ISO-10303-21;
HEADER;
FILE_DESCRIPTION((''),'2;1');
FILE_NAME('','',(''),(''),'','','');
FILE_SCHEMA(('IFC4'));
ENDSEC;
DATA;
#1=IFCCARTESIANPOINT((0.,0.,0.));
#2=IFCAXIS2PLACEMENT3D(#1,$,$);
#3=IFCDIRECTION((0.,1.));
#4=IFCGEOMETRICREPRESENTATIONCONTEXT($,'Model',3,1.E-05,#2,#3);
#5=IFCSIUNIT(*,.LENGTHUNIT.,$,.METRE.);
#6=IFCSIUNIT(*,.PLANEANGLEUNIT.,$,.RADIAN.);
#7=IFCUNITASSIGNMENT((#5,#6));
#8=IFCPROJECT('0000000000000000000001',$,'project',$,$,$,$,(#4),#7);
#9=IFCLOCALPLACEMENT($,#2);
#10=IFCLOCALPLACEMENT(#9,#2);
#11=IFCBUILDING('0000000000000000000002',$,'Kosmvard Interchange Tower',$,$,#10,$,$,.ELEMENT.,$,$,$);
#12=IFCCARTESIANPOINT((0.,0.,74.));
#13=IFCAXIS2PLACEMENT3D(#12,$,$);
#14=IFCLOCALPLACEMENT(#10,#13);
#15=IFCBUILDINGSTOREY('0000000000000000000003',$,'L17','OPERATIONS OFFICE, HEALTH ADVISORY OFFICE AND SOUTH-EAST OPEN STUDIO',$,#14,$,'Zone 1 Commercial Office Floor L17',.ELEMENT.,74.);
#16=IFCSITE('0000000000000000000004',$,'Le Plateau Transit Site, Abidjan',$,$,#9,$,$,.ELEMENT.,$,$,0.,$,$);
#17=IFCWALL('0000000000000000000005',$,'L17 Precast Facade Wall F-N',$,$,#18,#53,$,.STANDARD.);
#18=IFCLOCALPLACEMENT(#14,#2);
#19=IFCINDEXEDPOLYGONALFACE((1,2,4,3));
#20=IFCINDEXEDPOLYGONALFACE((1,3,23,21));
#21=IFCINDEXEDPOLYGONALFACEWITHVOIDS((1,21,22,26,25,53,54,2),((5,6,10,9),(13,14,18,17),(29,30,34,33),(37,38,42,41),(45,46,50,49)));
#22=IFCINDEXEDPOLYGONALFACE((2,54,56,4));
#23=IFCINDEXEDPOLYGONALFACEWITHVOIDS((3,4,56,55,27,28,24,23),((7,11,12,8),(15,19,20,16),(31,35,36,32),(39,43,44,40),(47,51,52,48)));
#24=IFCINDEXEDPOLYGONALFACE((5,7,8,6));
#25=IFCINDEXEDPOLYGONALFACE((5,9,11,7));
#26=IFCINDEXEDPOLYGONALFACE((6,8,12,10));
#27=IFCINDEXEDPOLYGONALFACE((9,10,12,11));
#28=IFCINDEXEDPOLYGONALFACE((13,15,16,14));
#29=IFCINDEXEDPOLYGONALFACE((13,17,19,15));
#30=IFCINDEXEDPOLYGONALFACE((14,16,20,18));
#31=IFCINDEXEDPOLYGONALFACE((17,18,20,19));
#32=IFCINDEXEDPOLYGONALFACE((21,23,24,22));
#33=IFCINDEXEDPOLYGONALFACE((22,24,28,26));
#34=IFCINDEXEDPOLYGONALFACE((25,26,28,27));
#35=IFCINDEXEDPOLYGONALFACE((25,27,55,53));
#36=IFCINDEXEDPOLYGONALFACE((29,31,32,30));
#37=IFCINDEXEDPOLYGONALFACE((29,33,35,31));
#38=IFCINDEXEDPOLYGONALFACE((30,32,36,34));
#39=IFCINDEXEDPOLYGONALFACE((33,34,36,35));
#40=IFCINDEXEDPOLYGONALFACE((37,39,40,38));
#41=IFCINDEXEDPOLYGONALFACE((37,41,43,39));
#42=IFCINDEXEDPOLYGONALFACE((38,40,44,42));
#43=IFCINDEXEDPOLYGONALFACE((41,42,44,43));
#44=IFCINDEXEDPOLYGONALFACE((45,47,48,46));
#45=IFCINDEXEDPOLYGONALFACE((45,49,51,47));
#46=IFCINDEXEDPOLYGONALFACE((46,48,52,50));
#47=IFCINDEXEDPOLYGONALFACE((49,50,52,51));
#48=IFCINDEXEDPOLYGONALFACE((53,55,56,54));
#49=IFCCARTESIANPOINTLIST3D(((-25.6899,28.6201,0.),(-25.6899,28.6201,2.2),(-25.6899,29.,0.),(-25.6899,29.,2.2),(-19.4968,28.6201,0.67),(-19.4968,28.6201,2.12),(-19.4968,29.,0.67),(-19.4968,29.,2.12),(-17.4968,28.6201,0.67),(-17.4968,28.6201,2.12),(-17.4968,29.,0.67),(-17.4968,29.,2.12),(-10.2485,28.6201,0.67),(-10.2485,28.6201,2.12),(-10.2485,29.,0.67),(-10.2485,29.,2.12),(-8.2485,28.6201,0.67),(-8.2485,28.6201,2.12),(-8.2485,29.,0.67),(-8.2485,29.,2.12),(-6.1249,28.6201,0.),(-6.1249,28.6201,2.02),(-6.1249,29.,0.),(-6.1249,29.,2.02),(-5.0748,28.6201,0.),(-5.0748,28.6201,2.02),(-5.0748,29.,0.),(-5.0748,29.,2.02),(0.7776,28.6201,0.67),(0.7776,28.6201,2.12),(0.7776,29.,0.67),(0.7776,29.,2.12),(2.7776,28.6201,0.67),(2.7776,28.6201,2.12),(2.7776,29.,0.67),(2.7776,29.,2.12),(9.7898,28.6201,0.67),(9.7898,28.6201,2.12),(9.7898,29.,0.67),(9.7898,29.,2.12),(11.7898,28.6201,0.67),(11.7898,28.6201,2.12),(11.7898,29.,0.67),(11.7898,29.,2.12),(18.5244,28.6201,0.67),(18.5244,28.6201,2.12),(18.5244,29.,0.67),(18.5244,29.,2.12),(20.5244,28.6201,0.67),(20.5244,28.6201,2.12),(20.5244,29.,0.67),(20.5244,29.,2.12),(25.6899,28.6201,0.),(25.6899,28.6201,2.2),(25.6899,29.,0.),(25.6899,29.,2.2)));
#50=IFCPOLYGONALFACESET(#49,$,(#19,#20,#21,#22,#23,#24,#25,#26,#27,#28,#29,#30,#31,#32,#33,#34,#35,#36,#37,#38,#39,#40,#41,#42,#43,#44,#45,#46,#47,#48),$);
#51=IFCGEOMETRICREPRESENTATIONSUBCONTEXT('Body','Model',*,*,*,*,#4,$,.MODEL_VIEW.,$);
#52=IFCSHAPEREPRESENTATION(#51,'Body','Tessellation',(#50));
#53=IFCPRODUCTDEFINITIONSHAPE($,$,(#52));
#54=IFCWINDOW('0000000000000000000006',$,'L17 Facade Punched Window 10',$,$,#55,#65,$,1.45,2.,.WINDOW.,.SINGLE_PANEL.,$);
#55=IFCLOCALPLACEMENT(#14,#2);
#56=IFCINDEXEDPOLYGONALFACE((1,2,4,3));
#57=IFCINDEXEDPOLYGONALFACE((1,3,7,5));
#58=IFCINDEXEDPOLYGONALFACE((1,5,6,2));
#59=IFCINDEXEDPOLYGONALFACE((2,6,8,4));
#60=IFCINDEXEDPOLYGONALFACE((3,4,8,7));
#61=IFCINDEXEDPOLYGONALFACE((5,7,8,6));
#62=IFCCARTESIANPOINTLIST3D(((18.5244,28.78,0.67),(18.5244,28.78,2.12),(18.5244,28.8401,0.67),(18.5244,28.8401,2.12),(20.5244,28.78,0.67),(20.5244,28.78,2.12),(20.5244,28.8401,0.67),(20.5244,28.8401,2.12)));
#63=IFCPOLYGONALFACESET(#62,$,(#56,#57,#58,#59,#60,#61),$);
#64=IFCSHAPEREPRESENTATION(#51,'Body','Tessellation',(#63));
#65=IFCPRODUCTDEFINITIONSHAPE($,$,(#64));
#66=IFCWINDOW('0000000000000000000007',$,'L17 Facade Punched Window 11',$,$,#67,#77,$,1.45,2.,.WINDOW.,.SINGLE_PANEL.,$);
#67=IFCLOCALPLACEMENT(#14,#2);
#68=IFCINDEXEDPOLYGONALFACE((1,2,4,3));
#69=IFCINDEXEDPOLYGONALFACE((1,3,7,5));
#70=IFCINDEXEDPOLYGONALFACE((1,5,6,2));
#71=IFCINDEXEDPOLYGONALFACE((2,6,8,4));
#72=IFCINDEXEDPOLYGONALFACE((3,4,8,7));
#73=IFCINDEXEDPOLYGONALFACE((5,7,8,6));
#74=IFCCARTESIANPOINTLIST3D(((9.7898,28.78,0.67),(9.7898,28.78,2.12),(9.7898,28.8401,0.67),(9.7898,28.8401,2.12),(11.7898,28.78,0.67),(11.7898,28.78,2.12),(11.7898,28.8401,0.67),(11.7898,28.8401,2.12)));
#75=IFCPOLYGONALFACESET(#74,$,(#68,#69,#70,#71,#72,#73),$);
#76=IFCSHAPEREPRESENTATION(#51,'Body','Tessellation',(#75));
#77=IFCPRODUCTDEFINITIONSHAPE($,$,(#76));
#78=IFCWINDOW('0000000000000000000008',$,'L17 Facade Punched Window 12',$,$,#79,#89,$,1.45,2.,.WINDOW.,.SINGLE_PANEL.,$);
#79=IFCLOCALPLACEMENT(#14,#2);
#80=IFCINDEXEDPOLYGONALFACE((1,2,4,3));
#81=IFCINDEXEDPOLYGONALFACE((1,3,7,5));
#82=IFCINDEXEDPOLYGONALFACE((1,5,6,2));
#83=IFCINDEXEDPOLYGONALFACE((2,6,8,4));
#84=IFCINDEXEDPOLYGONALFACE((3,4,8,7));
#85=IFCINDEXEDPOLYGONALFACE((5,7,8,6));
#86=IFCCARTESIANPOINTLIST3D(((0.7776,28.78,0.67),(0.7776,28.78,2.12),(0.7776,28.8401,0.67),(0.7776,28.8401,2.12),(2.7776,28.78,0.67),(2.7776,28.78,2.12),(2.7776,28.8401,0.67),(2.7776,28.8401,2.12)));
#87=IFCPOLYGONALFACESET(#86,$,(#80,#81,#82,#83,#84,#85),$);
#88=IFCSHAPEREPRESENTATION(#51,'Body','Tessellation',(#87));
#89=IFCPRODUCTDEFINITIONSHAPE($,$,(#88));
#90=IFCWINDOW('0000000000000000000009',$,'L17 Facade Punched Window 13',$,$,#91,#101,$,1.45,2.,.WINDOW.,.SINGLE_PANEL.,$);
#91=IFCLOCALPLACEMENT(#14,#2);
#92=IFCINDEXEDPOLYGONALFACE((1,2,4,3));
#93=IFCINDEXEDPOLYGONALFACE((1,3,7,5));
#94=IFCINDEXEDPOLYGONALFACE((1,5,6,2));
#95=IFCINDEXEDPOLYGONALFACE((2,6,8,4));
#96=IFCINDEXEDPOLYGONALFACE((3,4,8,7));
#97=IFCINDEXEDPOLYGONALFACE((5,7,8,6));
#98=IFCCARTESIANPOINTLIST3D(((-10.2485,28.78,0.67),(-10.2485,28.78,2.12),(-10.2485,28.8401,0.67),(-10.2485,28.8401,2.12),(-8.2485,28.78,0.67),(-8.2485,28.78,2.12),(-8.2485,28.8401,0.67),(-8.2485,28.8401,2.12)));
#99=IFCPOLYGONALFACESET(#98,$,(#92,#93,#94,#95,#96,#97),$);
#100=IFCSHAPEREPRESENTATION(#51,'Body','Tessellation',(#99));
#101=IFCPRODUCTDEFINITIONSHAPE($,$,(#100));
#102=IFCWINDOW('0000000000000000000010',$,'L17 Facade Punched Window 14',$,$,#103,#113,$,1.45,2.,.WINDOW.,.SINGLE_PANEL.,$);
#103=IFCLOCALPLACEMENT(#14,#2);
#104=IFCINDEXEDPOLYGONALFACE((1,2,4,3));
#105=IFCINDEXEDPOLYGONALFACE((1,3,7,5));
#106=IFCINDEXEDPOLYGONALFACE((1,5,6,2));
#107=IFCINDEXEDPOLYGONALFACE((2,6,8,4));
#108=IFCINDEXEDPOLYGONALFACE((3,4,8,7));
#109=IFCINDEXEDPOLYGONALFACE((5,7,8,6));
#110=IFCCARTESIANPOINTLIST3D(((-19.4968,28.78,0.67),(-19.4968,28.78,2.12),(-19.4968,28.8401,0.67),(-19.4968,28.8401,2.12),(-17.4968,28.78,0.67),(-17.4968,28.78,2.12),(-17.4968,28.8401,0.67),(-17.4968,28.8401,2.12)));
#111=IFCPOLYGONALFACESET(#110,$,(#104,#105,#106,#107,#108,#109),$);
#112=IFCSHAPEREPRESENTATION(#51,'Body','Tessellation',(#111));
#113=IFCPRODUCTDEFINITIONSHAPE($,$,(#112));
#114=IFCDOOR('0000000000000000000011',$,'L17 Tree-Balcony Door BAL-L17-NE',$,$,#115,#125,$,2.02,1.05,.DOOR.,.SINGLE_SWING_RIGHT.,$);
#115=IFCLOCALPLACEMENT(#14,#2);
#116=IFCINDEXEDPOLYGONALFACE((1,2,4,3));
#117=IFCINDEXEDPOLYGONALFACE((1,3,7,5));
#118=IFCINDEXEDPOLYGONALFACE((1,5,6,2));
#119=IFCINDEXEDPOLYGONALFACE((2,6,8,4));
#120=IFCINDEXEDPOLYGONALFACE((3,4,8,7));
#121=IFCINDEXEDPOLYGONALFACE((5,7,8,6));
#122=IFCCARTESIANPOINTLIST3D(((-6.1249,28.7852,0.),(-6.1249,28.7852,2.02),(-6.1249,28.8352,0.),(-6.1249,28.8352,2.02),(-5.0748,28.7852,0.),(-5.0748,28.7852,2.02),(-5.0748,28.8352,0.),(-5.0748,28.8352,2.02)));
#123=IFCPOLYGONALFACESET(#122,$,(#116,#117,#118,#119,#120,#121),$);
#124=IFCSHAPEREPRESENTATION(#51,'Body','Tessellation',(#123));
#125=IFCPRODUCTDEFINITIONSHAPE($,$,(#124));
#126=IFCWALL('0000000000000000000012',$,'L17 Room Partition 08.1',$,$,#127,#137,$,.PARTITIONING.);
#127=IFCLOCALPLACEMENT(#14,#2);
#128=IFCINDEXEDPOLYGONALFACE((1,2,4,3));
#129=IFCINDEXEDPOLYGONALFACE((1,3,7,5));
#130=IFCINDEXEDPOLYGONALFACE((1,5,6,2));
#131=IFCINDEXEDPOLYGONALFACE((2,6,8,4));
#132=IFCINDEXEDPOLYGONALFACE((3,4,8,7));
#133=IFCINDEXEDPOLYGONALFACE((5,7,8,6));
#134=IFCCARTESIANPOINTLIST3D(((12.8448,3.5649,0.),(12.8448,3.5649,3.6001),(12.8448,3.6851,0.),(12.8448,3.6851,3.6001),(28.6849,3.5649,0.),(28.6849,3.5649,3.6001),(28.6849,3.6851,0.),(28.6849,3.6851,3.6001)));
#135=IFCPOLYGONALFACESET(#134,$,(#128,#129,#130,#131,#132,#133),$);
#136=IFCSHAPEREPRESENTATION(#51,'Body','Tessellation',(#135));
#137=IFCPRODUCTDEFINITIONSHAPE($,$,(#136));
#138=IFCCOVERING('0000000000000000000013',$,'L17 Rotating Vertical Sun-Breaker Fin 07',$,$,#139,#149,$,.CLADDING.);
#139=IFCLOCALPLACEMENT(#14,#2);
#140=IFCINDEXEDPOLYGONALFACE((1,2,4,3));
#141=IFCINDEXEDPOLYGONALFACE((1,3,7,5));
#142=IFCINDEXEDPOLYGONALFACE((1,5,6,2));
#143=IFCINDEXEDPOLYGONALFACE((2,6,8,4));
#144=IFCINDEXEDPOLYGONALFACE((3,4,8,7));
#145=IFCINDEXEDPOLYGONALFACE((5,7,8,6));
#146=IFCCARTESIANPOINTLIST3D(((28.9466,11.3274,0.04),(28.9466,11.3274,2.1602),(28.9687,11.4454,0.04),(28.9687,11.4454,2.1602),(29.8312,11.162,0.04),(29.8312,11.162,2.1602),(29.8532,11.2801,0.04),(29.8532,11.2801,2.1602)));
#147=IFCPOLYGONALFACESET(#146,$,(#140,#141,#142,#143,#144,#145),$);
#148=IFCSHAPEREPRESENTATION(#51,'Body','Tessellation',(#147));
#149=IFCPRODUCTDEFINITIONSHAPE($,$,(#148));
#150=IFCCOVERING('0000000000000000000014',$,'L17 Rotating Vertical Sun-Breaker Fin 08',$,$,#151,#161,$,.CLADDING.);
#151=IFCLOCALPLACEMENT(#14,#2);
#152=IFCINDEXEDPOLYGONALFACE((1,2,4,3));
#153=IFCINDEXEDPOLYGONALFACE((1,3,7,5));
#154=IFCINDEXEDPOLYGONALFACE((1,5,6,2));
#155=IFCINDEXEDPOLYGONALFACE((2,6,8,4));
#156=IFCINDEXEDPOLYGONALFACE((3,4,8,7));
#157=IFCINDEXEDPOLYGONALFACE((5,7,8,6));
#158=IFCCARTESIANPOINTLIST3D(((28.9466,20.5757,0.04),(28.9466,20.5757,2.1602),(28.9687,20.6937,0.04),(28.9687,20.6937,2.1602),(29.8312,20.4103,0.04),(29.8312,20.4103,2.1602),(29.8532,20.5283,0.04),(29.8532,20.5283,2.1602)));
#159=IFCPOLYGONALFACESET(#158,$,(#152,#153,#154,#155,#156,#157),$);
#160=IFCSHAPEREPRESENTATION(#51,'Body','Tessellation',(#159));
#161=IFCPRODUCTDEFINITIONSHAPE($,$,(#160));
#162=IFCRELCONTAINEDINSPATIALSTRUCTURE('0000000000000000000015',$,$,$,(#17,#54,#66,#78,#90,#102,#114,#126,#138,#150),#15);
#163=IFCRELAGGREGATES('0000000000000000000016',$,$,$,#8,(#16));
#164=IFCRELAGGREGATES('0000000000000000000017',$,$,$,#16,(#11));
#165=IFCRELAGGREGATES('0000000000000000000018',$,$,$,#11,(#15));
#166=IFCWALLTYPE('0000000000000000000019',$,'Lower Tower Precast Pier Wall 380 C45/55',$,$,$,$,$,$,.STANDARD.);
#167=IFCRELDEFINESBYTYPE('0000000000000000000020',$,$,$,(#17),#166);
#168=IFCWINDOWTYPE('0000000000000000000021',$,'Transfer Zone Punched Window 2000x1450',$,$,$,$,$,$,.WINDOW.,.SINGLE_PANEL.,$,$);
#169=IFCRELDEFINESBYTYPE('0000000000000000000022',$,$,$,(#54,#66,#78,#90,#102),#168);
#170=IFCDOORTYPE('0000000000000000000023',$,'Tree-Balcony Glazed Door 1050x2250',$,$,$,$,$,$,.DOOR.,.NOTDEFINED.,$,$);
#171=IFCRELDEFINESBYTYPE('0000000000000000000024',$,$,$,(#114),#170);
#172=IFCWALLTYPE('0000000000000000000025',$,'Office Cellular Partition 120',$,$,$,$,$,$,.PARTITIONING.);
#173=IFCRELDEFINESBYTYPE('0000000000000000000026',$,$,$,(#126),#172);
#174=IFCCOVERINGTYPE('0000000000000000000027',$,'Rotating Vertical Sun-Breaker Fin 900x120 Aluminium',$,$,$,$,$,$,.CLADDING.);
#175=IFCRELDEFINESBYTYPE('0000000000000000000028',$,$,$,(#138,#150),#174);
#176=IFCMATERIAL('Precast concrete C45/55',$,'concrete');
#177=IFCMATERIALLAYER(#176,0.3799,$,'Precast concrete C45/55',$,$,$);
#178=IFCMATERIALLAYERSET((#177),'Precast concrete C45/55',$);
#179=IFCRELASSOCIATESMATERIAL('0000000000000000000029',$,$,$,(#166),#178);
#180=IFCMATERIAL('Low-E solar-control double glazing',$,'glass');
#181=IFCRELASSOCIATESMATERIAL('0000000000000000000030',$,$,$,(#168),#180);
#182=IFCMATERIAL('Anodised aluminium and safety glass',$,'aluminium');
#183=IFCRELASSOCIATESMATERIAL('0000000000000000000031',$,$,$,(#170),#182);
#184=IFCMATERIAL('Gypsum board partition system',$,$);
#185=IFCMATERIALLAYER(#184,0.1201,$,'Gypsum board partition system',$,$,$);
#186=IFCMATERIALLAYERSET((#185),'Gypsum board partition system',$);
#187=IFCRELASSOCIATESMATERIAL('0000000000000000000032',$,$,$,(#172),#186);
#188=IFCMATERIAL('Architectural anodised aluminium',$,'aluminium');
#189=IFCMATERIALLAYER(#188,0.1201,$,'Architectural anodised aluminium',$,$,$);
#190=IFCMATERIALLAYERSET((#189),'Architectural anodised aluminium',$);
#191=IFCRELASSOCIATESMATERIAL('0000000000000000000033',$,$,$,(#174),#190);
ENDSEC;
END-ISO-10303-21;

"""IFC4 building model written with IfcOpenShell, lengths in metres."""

from ifc_helpers import new_model, si_unit, direction, frame, frame_2d, origin, origin_2d, place, context, subcontext, project, spatial, rectangle, extrude, source, transform, mapped, material, layer, layer_set, type_object, element, fill, save


model = new_model("IFC4")

# Units and contexts
model_context = context("Model", 3, precision=1e-05, world=origin(), true_north=direction((0.0, 1.0)))
body_context = subcontext(model_context, "Body", "Model", "MODEL_VIEW")
ifc_project = project(units=[si_unit("LENGTHUNIT", "METRE"), si_unit("PLANEANGLEUNIT", "RADIAN")], contexts=[model_context])

# Site, building, storey
site_placement = place(None, origin())
site = spatial("IfcSite", under=ifc_project, at=site_placement, Name="Le Plateau Transit Site, Abidjan", CompositionType="ELEMENT", RefElevation=0.0)
building_placement = place(site_placement, origin())
building = spatial("IfcBuilding", under=site, at=building_placement, Name="Kosmvard Interchange Tower", CompositionType="ELEMENT")
storey_placement = place(building_placement, frame((0.0, 0.0, 74.0)))
storey = spatial("IfcBuildingStorey", under=building, at=storey_placement, Name="L17", Description="OPERATIONS OFFICE, HEALTH ADVISORY OFFICE AND SOUTH-EAST OPEN STUDIO", LongName="Zone 1 Commercial Office Floor L17", CompositionType="ELEMENT", Elevation=74.0)

# Shared definitions
ifc_material_1 = material(Name="Precast concrete C45/55", Category="concrete")

# Shared definitions
ifc_layer_1 = layer(ifc_material_1, 0.3799, Name="Precast concrete C45/55")
ifc_layer_set_1 = layer_set([ifc_layer_1], Name="Precast concrete C45/55")
wall_type_1 = type_object("IfcWallType", Name="Lower Tower Precast Pier Wall 380 C45/55", PredefinedType="STANDARD", material=ifc_layer_set_1)

# Wall, openings, windows, door
wall_1_placement = place(storey_placement, frame((25.6899, 28.8101, 0.0), z_axis=(0.0, 0.0, 1.0), x_axis=(-1.0, 0.0, 0.0)))
wall_1 = element("IfcWall", 1, at=wall_1_placement, inside=storey, type_object=wall_type_1, Name="L17 Precast Facade Wall F-N", PredefinedType="STANDARD", context=body_context, shape_type="SweptSolid", body=[
    extrude(rectangle(XDim=51.3799, YDim=0.3799, at=frame_2d((25.6899, 0.0))), origin(), (0.0, 0.0, 1.0), 2.2),
])
opening_1_placement = place(wall_1_placement, frame((30.7649, 0.0, 0.0)))
opening_1 = element("IfcOpeningElement", 2, at=opening_1_placement, cuts=wall_1, PredefinedType="OPENING", context=body_context, shape_type="SweptSolid", body=[
    extrude(rectangle(XDim=1.05, YDim=2.02, at=frame_2d((0.5249, 1.01))), frame((0.0, 0.2, 0.0), z_axis=(0.0, -1.0, 0.0), x_axis=(1.0, 0.0, 0.0)), (0.0, 0.0, 1.0), 0.3999),
])
opening_2_placement = place(wall_1_placement, frame((5.1655, 0.0, 0.6699)))
opening_2 = element("IfcOpeningElement", 3, at=opening_2_placement, cuts=wall_1, PredefinedType="OPENING", context=body_context, shape_type="SweptSolid", body=[
    extrude(rectangle(XDim=2.0, YDim=1.45, at=frame_2d((1.0, 0.7251))), frame((0.0, 0.2, 0.0), z_axis=(0.0, -1.0, 0.0), x_axis=(1.0, 0.0, 0.0)), (0.0, 0.0, 1.0), 0.3999),
])
opening_3_placement = place(wall_1_placement, frame((13.9001, 0.0, 0.6699)))
opening_3 = element("IfcOpeningElement", 4, at=opening_3_placement, cuts=wall_1, PredefinedType="OPENING", context=body_context, shape_type="SweptSolid", body=[
    extrude(rectangle(XDim=2.0, YDim=1.45, at=frame_2d((1.0, 0.7251))), frame((0.0, 0.2, 0.0), z_axis=(0.0, -1.0, 0.0), x_axis=(1.0, 0.0, 0.0)), (0.0, 0.0, 1.0), 0.3999),
])
opening_4_placement = place(wall_1_placement, frame((22.9124, 0.0, 0.6699)))
opening_4 = element("IfcOpeningElement", 5, at=opening_4_placement, cuts=wall_1, PredefinedType="OPENING", context=body_context, shape_type="SweptSolid", body=[
    extrude(rectangle(XDim=2.0, YDim=1.45, at=frame_2d((1.0, 0.7251))), frame((0.0, 0.2, 0.0), z_axis=(0.0, -1.0, 0.0), x_axis=(1.0, 0.0, 0.0)), (0.0, 0.0, 1.0), 0.3999),
])
opening_5_placement = place(wall_1_placement, frame((33.9385, 0.0, 0.6699)))
opening_5 = element("IfcOpeningElement", 6, at=opening_5_placement, cuts=wall_1, PredefinedType="OPENING", context=body_context, shape_type="SweptSolid", body=[
    extrude(rectangle(XDim=2.0, YDim=1.45, at=frame_2d((1.0, 0.7251))), frame((0.0, 0.2, 0.0), z_axis=(0.0, -1.0, 0.0), x_axis=(1.0, 0.0, 0.0)), (0.0, 0.0, 1.0), 0.3999),
])
opening_6_placement = place(wall_1_placement, frame((43.1868, 0.0, 0.6699)))
opening_6 = element("IfcOpeningElement", 7, at=opening_6_placement, cuts=wall_1, PredefinedType="OPENING", context=body_context, shape_type="SweptSolid", body=[
    extrude(rectangle(XDim=2.0, YDim=1.45, at=frame_2d((1.0, 0.7251))), frame((0.0, 0.2, 0.0), z_axis=(0.0, -1.0, 0.0), x_axis=(1.0, 0.0, 0.0)), (0.0, 0.0, 1.0), 0.3999),
])
ifc_material_2 = material(Name="Low-E solar-control double glazing", Category="glass")
window_type = type_object("IfcWindowType", Name="Transfer Zone Punched Window 2000x1450", PartitioningType="SINGLE_PANEL", PredefinedType="WINDOW", material=ifc_material_2)
shared_shape_1 = source(origin(), body_context, "Body", "SweptSolid", [
    extrude(rectangle(XDim=2.0, YDim=1.45, at=frame_2d((1.0, 0.7251))), frame((0.0, 0.03, 0.0), z_axis=(0.0, -1.0, 0.0), x_axis=(1.0, 0.0, 0.0)), (0.0, 0.0, 1.0), 0.0601),
])
window_1_placement = place(opening_2_placement, origin())
window_1 = element("IfcWindow", 8, at=window_1_placement, inside=storey, type_object=window_type, Name="L17 Facade Punched Window 10", OverallHeight=1.45, OverallWidth=2.0, PartitioningType="SINGLE_PANEL", PredefinedType="WINDOW", context=body_context, shape_type="MappedRepresentation", body=[
    mapped(shared_shape_1, transform((0.0, 0.0, 0.0), scale=1.0)),
])
fill(opening_2, window_1)
window_2_placement = place(opening_3_placement, origin())
window_2 = element("IfcWindow", 9, at=window_2_placement, inside=storey, type_object=window_type, Name="L17 Facade Punched Window 11", OverallHeight=1.45, OverallWidth=2.0, PartitioningType="SINGLE_PANEL", PredefinedType="WINDOW", context=body_context, shape_type="MappedRepresentation", body=[
    mapped(shared_shape_1, transform((0.0, 0.0, 0.0), scale=1.0)),
])
fill(opening_3, window_2)
window_3_placement = place(opening_4_placement, origin())
window_3 = element("IfcWindow", 10, at=window_3_placement, inside=storey, type_object=window_type, Name="L17 Facade Punched Window 12", OverallHeight=1.45, OverallWidth=2.0, PartitioningType="SINGLE_PANEL", PredefinedType="WINDOW", context=body_context, shape_type="MappedRepresentation", body=[
    mapped(shared_shape_1, transform((0.0, 0.0, 0.0), scale=1.0)),
])
fill(opening_4, window_3)
window_4_placement = place(opening_5_placement, origin())
window_4 = element("IfcWindow", 11, at=window_4_placement, inside=storey, type_object=window_type, Name="L17 Facade Punched Window 13", OverallHeight=1.45, OverallWidth=2.0, PartitioningType="SINGLE_PANEL", PredefinedType="WINDOW", context=body_context, shape_type="MappedRepresentation", body=[
    mapped(shared_shape_1, transform((0.0, 0.0, 0.0), scale=1.0)),
])
fill(opening_5, window_4)
window_5_placement = place(opening_6_placement, origin())
window_5 = element("IfcWindow", 12, at=window_5_placement, inside=storey, type_object=window_type, Name="L17 Facade Punched Window 14", OverallHeight=1.45, OverallWidth=2.0, PartitioningType="SINGLE_PANEL", PredefinedType="WINDOW", context=body_context, shape_type="MappedRepresentation", body=[
    mapped(shared_shape_1, transform((0.0, 0.0, 0.0), scale=1.0)),
])
fill(opening_6, window_5)
ifc_material_3 = material(Name="Anodised aluminium and safety glass", Category="aluminium")
door_type = type_object("IfcDoorType", Name="Tree-Balcony Glazed Door 1050x2250", OperationType="NOTDEFINED", PredefinedType="DOOR", material=ifc_material_3)
shared_shape_2 = source(origin(), body_context, "Body", "SweptSolid", [
    extrude(rectangle(XDim=1.05, YDim=2.02, at=frame_2d((0.5249, 1.01))), frame((0.0, 0.0249, 0.0), z_axis=(0.0, -1.0, 0.0), x_axis=(1.0, 0.0, 0.0)), (0.0, 0.0, 1.0), 0.05),
])
door_placement = place(opening_1_placement, origin())
door = element("IfcDoor", 13, at=door_placement, inside=storey, type_object=door_type, Name="L17 Tree-Balcony Door BAL-L17-NE", OperationType="SINGLE_SWING_RIGHT", OverallHeight=2.02, OverallWidth=1.05, PredefinedType="DOOR", context=body_context, shape_type="MappedRepresentation", body=[
    mapped(shared_shape_2, transform((0.0, 0.0, 0.0), scale=1.0)),
])
fill(opening_1, door)

# Wall
ifc_material_4 = material(Name="Gypsum board partition system")
ifc_layer_2 = layer(ifc_material_4, 0.1201, Name="Gypsum board partition system")
ifc_layer_set_2 = layer_set([ifc_layer_2], Name="Gypsum board partition system")
wall_type_2 = type_object("IfcWallType", Name="Office Cellular Partition 120", PredefinedType="PARTITIONING", material=ifc_layer_set_2)
wall_2_placement = place(storey_placement, frame((12.845, 3.625, 0.0), z_axis=(0.0, 0.0, 1.0), x_axis=(1.0, 0.0, 0.0)))
element("IfcWall", 14, at=wall_2_placement, inside=storey, type_object=wall_type_2, Name="L17 Room Partition 08.1", PredefinedType="PARTITIONING", context=body_context, shape_type="SweptSolid", body=[
    extrude(rectangle(XDim=15.8401, YDim=0.1201, at=frame_2d((7.9199, 0.0))), origin(), (0.0, 0.0, 1.0), 3.6001),
])

# Coverings
ifc_material_5 = material(Name="Architectural anodised aluminium", Category="aluminium")
ifc_layer_3 = layer(ifc_material_5, 0.1201, Name="Architectural anodised aluminium")
ifc_layer_set_3 = layer_set([ifc_layer_3], Name="Architectural anodised aluminium")
covering_type = type_object("IfcCoveringType", Name="Rotating Vertical Sun-Breaker Fin 900x120 Aluminium", PredefinedType="CLADDING", material=ifc_layer_set_3)
shared_shape_3 = source(origin(), body_context, "Body", "SweptSolid", [
    extrude(rectangle(XDim=0.8999, YDim=0.1201, at=origin_2d()), origin(), (0.0, 0.0, 1.0), 2.1201),
])
for number, where, z_axis, x_axis, name in (
    (15, (29.3999, 11.3037, 0.04), (0.0, 0.0, 1.0), (0.982967, -0.18378, 0.0), "L17 Rotating Vertical Sun-Breaker Fin 07"),
    (16, (29.3999, 20.552, 0.04), (0.0, 0.0, 1.0), (0.982967, -0.18378, 0.0), "L17 Rotating Vertical Sun-Breaker Fin 08"),
):
    element("IfcCovering", number, at=place(storey_placement, frame(where, z_axis=z_axis, x_axis=x_axis)), inside=storey, type_object=covering_type, Name=name, PredefinedType="CLADDING", context=body_context, shape_type="MappedRepresentation", body=[
        mapped(shared_shape_3, transform((0.0, 0.0, 0.0), scale=1.0)),
    ])

save(model, "model.ifc")
